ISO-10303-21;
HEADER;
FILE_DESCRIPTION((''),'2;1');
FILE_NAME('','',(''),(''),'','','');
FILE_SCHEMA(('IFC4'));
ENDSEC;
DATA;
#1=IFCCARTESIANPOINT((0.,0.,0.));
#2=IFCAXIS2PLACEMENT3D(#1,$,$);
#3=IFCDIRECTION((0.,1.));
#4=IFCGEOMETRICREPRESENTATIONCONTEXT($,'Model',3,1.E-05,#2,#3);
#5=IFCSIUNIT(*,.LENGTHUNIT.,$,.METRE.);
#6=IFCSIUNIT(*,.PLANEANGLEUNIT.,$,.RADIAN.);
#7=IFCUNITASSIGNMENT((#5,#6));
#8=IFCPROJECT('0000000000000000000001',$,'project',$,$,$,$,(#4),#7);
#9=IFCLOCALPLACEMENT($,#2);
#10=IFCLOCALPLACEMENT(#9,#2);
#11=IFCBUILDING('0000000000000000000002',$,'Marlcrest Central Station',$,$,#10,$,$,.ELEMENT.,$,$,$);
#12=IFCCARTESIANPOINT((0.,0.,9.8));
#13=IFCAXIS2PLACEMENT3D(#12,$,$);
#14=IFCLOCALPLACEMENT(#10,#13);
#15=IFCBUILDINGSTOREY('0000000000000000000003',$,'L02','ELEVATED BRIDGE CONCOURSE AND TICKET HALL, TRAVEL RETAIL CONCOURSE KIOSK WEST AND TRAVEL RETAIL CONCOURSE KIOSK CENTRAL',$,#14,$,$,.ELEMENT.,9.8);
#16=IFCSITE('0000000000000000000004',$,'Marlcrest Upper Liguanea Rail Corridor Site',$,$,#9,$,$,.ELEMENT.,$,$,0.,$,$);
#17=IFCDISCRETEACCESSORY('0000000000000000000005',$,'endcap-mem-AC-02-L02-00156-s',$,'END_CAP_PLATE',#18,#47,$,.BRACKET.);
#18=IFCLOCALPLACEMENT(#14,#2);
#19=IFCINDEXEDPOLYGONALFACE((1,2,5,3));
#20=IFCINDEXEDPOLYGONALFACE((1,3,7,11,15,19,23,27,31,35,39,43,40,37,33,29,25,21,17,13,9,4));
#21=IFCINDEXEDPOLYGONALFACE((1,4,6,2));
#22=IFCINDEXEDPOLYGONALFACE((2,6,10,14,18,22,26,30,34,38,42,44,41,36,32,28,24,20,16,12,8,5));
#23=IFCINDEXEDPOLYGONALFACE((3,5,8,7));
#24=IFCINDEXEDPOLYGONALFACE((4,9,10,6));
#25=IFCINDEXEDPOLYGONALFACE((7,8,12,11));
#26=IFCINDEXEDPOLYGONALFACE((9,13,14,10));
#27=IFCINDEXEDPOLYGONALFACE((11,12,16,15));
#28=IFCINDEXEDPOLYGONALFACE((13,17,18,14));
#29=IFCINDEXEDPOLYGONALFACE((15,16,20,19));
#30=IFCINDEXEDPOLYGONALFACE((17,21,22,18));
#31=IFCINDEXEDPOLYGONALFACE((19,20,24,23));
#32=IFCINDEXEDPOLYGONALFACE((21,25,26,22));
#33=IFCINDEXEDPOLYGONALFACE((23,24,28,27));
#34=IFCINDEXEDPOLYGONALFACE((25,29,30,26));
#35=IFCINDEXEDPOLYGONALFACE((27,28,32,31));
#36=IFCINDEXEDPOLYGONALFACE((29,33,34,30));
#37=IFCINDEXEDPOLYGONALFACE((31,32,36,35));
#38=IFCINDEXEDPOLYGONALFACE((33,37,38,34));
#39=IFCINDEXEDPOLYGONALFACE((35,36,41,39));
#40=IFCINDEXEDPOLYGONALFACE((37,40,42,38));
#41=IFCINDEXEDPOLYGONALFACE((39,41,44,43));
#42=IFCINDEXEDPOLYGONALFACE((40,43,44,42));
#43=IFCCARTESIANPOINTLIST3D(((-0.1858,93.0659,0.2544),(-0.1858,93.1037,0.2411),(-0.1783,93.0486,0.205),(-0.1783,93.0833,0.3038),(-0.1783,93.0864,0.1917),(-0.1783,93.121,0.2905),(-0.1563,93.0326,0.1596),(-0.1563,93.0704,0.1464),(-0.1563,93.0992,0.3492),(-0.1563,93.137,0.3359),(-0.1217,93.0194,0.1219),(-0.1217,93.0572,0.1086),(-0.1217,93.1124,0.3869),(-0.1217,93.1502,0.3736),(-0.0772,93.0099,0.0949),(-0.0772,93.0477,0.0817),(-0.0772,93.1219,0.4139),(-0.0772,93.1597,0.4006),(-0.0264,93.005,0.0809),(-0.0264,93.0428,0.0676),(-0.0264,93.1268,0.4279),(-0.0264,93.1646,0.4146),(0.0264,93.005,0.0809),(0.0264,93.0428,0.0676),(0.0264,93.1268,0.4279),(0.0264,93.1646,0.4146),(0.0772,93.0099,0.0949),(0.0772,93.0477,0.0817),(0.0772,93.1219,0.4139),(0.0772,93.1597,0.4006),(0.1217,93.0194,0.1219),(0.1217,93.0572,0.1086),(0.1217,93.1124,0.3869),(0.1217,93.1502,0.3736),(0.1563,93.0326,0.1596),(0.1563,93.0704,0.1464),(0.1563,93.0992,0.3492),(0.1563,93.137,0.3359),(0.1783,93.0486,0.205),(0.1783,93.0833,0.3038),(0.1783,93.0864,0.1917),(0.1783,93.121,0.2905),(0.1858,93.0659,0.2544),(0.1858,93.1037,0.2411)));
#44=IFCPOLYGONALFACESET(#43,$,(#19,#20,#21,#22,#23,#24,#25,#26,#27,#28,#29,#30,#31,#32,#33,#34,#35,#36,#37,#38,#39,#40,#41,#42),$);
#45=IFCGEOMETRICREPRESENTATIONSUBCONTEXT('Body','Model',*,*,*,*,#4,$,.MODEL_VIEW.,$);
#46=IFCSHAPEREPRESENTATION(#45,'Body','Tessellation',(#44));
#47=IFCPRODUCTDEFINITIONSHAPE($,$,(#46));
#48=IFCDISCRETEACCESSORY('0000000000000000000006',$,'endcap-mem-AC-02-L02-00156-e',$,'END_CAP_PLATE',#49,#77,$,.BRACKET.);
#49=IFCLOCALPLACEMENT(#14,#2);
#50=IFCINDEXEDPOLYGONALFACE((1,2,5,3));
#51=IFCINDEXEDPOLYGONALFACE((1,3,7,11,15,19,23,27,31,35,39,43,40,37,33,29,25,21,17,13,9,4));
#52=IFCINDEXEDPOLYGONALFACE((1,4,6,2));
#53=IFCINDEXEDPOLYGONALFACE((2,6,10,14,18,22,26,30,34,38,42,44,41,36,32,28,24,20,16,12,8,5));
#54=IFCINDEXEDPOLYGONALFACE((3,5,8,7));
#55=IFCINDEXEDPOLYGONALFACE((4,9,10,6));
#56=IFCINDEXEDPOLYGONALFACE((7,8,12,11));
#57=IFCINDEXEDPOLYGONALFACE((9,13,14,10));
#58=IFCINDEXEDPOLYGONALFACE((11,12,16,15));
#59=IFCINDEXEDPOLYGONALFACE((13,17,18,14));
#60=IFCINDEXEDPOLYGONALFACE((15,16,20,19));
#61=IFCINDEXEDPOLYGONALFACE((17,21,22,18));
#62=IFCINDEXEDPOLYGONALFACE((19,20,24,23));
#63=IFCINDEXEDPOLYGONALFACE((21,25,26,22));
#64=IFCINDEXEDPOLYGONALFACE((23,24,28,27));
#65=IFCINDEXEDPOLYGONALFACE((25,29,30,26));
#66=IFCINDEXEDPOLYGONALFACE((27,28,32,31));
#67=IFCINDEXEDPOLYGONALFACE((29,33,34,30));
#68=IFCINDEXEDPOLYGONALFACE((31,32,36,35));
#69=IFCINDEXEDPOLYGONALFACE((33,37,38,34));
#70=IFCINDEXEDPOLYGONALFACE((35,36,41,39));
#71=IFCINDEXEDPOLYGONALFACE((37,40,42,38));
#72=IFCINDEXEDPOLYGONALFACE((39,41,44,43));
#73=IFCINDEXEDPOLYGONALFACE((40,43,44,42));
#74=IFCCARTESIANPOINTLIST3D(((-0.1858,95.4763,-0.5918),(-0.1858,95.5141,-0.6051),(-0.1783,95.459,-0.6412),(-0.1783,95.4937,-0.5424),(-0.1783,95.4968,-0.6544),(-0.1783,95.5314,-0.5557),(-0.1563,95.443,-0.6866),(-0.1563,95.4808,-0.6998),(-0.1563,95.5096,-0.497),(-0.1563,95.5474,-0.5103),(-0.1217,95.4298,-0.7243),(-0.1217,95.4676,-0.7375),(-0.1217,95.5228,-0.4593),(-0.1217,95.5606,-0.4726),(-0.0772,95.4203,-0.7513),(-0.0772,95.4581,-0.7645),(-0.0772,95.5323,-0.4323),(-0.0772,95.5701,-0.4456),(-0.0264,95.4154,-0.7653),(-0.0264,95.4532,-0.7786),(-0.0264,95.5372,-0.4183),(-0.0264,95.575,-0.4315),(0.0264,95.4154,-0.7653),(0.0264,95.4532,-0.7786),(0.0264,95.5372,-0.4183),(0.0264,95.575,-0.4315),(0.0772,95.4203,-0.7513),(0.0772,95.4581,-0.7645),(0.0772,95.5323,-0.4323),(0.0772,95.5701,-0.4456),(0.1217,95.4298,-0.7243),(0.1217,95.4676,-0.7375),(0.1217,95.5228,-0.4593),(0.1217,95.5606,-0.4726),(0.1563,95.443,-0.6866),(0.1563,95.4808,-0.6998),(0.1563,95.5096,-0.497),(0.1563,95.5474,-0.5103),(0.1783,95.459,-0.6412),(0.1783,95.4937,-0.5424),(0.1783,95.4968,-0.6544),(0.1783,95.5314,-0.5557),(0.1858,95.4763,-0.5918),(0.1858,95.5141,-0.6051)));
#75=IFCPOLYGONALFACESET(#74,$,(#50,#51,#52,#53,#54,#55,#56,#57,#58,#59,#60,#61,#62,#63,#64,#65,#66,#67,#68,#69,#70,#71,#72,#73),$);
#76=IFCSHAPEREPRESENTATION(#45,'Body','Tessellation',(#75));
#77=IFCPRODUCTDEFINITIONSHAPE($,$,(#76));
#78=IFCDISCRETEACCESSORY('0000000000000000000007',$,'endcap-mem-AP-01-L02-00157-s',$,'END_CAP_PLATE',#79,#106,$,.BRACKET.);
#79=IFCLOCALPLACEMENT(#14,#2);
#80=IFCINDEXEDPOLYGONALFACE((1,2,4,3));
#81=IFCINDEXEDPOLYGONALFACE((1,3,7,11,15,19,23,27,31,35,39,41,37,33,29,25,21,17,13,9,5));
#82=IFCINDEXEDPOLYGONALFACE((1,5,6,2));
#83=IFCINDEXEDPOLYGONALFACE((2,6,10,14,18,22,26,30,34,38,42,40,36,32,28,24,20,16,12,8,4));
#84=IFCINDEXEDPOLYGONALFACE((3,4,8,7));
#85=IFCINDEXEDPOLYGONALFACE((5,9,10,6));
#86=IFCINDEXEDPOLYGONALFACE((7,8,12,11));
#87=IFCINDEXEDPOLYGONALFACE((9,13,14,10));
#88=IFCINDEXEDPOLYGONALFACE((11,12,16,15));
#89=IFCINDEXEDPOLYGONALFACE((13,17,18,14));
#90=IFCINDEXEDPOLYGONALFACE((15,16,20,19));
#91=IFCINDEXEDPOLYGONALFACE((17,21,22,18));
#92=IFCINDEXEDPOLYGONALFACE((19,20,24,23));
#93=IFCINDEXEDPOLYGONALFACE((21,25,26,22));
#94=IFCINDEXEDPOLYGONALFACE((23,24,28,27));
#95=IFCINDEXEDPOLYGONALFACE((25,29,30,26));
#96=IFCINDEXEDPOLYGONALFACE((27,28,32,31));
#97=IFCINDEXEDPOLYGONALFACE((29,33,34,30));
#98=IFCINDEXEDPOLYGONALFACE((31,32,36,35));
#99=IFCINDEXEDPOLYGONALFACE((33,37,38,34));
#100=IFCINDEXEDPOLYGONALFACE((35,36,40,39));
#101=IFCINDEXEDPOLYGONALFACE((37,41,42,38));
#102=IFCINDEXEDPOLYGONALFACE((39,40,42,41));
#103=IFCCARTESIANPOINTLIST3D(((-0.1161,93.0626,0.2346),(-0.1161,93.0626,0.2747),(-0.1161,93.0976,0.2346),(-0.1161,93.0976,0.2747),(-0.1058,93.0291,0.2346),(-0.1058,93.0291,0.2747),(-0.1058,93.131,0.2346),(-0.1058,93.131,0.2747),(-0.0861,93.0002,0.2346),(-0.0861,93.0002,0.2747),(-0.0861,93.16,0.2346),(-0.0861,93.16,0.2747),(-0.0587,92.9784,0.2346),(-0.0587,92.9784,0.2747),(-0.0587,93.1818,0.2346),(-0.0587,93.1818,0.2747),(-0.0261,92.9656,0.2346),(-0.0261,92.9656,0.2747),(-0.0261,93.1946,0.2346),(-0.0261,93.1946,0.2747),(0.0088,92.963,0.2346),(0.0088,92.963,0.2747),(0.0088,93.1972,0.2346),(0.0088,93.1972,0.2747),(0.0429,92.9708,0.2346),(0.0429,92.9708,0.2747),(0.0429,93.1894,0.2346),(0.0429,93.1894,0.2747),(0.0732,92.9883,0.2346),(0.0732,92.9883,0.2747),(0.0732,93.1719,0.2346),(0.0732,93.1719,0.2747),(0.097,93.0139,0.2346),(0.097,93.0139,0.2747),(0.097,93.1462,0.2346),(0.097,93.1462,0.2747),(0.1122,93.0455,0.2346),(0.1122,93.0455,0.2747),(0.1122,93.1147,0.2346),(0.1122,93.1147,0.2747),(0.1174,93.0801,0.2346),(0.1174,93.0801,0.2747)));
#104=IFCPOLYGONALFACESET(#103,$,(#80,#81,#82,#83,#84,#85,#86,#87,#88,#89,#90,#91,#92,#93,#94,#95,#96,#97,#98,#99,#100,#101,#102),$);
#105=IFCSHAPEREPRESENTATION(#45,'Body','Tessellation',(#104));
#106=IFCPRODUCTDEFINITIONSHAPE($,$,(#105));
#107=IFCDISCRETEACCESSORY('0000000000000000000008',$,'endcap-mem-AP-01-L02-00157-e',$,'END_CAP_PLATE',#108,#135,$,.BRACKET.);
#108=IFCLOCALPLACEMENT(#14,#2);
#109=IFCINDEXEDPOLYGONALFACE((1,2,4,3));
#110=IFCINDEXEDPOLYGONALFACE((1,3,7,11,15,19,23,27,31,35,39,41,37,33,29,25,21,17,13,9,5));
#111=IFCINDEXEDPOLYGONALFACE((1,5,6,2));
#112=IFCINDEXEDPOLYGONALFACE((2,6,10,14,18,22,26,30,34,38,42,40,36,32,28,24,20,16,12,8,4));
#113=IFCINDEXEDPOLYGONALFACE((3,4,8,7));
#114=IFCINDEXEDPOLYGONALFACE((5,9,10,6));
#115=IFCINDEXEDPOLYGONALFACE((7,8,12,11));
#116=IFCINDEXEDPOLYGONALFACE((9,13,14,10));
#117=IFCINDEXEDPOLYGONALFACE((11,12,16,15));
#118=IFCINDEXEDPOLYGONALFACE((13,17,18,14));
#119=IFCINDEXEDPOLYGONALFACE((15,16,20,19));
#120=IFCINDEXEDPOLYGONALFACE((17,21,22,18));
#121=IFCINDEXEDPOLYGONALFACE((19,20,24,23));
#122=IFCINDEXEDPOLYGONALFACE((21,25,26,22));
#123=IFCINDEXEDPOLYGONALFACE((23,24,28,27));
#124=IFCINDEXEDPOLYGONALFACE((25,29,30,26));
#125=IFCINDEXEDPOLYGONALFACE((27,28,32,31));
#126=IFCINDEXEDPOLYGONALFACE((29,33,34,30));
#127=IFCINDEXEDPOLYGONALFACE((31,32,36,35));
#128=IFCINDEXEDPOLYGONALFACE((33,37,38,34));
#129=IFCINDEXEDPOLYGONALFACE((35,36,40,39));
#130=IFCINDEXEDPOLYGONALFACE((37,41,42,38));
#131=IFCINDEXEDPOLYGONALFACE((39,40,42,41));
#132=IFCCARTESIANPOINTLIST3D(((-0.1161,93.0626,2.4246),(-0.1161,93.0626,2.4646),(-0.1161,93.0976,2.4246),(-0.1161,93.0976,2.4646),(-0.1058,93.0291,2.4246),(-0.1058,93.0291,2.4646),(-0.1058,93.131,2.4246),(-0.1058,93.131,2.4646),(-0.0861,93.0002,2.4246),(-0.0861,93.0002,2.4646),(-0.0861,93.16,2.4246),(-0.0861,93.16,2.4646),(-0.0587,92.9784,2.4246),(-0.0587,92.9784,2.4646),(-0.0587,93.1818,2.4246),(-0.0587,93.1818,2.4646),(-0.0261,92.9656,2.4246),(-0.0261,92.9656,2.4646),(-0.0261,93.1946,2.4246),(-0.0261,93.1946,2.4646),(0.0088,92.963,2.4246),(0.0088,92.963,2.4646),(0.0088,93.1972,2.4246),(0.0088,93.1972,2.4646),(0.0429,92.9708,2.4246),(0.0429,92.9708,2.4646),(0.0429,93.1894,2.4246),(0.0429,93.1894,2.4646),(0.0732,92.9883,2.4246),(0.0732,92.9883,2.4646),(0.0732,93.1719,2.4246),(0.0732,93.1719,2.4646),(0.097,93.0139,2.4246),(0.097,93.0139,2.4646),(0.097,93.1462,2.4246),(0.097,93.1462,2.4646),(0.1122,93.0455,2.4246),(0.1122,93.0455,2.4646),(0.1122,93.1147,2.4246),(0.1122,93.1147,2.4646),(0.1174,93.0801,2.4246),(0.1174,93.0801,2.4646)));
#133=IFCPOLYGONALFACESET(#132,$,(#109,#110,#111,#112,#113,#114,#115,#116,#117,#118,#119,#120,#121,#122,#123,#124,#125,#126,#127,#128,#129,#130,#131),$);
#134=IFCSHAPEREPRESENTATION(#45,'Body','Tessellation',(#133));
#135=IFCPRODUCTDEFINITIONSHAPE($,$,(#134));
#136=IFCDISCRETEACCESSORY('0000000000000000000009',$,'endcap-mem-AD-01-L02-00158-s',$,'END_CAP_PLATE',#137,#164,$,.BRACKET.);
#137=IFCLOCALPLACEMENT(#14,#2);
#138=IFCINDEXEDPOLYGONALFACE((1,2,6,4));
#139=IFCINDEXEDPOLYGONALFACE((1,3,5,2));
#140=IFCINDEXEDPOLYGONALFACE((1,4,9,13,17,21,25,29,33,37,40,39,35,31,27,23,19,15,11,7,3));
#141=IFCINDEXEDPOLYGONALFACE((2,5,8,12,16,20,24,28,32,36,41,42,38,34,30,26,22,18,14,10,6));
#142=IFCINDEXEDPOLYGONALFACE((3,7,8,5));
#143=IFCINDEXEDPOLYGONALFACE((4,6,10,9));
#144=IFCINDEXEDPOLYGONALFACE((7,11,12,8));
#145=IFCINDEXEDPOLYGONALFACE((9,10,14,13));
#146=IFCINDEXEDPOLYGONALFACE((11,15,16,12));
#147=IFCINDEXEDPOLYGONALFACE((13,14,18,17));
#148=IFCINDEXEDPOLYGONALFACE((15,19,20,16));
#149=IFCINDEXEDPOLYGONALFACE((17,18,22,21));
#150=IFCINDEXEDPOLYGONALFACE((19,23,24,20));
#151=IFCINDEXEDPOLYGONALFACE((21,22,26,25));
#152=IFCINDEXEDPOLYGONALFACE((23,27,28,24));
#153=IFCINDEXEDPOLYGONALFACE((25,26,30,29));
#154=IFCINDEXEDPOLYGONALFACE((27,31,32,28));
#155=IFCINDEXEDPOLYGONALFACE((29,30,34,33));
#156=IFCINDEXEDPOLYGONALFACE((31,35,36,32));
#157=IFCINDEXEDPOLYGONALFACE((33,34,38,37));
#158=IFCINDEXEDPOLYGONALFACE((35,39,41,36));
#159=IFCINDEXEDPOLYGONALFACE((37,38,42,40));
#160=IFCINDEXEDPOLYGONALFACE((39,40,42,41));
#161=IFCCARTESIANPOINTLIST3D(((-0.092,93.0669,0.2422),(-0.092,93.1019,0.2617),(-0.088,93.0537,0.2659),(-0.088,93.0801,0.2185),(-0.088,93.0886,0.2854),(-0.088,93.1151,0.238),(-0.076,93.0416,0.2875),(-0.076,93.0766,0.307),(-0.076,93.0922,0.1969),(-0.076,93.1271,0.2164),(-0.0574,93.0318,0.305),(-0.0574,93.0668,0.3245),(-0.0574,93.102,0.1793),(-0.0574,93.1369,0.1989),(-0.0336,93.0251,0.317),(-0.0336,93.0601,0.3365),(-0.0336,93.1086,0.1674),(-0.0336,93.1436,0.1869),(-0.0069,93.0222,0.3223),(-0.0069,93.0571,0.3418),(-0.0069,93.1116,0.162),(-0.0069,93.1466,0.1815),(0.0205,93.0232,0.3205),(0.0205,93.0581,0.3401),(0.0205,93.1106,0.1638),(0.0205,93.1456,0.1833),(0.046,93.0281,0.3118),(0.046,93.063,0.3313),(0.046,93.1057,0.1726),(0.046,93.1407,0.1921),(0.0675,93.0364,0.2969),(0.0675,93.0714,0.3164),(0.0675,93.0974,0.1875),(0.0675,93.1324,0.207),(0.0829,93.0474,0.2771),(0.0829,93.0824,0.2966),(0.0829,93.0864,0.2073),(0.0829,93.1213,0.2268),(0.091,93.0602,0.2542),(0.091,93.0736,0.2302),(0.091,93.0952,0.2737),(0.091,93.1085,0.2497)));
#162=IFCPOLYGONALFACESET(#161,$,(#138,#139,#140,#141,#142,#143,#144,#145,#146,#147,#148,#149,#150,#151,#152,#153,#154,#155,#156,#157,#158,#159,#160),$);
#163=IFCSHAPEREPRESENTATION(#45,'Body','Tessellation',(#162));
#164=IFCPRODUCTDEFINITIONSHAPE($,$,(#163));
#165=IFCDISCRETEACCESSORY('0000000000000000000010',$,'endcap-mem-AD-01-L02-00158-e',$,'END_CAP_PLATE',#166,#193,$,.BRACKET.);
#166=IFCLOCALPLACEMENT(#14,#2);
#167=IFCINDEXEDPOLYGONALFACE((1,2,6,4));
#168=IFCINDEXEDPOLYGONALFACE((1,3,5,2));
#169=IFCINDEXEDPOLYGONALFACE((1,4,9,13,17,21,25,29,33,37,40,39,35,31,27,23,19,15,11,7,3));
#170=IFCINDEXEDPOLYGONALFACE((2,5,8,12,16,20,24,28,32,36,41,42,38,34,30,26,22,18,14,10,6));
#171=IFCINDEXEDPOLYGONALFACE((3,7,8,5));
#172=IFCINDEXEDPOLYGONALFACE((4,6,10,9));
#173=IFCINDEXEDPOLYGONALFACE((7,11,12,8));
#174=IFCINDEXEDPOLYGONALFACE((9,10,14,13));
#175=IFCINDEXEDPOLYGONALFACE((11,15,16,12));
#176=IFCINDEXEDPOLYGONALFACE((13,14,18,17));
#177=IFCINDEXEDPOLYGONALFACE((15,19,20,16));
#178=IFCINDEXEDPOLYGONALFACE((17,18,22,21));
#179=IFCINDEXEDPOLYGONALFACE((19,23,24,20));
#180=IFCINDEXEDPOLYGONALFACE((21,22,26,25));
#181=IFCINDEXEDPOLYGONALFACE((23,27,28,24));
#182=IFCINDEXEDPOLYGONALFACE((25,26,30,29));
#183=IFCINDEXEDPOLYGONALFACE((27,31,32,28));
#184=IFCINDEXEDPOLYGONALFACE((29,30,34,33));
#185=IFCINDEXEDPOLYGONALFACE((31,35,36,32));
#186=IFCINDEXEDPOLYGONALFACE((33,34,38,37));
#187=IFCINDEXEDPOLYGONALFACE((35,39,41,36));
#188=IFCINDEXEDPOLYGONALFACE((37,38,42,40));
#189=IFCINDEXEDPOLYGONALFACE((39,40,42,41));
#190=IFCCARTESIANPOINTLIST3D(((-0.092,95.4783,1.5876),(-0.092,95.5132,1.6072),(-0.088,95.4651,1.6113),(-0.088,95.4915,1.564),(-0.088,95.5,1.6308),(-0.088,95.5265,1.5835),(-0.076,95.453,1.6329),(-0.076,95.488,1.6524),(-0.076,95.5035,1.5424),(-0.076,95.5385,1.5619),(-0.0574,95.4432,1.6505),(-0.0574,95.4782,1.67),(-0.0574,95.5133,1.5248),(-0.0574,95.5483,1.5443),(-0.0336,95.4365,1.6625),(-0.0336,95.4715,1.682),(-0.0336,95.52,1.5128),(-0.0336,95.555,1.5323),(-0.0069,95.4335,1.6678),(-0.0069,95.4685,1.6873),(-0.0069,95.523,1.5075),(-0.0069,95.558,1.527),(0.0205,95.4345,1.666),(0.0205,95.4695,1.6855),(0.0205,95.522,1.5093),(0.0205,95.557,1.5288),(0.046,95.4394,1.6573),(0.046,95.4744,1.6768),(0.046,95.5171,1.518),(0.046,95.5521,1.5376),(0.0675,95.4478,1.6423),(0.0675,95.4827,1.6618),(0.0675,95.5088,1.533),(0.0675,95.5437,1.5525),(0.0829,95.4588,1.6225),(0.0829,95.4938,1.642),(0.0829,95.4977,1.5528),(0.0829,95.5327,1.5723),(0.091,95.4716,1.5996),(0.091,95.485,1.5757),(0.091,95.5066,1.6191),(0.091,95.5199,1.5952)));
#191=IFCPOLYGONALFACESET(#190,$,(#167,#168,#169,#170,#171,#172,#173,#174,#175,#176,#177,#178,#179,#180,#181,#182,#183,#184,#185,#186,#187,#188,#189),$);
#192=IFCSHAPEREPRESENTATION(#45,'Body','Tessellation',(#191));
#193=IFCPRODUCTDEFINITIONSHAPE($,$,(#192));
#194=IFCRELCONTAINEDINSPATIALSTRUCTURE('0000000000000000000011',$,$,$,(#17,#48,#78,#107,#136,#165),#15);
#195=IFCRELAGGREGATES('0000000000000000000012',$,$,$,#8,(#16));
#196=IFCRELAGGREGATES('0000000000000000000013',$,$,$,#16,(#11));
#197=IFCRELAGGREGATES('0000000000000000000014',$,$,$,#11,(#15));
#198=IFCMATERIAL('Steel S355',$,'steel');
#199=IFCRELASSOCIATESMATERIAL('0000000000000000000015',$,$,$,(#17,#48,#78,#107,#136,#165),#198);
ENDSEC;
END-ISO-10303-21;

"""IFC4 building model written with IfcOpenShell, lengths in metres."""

from ifc_helpers import new_model, si_unit, direction, frame, origin, origin_2d, place, context, subcontext, project, spatial, circle, extrude, material, element, save


model = new_model("IFC4")

# Units and contexts
model_context = context("Model", 3, precision=1e-05, world=origin(), true_north=direction((0.0, 1.0)))
body_context = subcontext(model_context, "Body", "Model", "MODEL_VIEW")
ifc_project = project(units=[si_unit("LENGTHUNIT", "METRE"), si_unit("PLANEANGLEUNIT", "RADIAN")], contexts=[model_context])

# Site, building, storey
site_placement = place(None, origin())
site = spatial("IfcSite", under=ifc_project, at=site_placement, Name="Marlcrest Upper Liguanea Rail Corridor Site", CompositionType="ELEMENT", RefElevation=0.0)
building_placement = place(site_placement, origin())
building = spatial("IfcBuilding", under=site, at=building_placement, Name="Marlcrest Central Station", CompositionType="ELEMENT")
storey_placement = place(building_placement, frame((0.0, 0.0, 9.8)))
storey = spatial("IfcBuildingStorey", under=building, at=storey_placement, Name="L02", Description="ELEVATED BRIDGE CONCOURSE AND TICKET HALL, TRAVEL RETAIL CONCOURSE KIOSK WEST AND TRAVEL RETAIL CONCOURSE KIOSK CENTRAL", CompositionType="ELEMENT", Elevation=9.8)

# Shared definitions
ifc_material = material(Name="Steel S355", Category="steel")

# Discrete accessories
for number, where, z_axis, x_axis, name in (
    (1, (0.0, 93.0659, 0.2544), (0.0, 0.943537, -0.331266), (-1.0, 0.0, 0.0), "endcap-mem-AC-02-L02-00156-s"),
    (2, (0.0, 95.4763, -0.5918), (0.0, 0.943537, -0.331266), (-1.0, 0.0, 0.0), "endcap-mem-AC-02-L02-00156-e"),
):
    element("IfcDiscreteAccessory", number, at=place(storey_placement, frame(where, z_axis=z_axis, x_axis=x_axis)), inside=storey, material=ifc_material, Name=name, ObjectType="END_CAP_PLATE", PredefinedType="BRACKET", context=body_context, shape_type="SweptSolid", body=[
        extrude(circle(Radius=0.1858, at=origin_2d()), origin(), (0.0, 0.0, 1.0), 0.04),
    ])
for number, where, z_axis, x_axis, name in (
    (3, (0.0, 93.0801, 0.2346), (0.0, 0.0, 1.0), (1.0, 0.0, 0.0), "endcap-mem-AP-01-L02-00157-s"),
    (4, (0.0, 93.0801, 2.4246), (0.0, 0.0, 1.0), (1.0, 0.0, 0.0), "endcap-mem-AP-01-L02-00157-e"),
):
    element("IfcDiscreteAccessory", number, at=place(storey_placement, frame(where, z_axis=z_axis, x_axis=x_axis)), inside=storey, material=ifc_material, Name=name, ObjectType="END_CAP_PLATE", PredefinedType="BRACKET", context=body_context, shape_type="SweptSolid", body=[
        extrude(circle(Radius=0.1174, at=origin_2d()), origin(), (0.0, 0.0, 1.0), 0.04),
    ])
for number, where, z_axis, x_axis, name in (
    (5, (0.0, 93.0669, 0.2422), (0.0, 0.873246, 0.48728), (-1.0, 0.0, 0.0), "endcap-mem-AD-01-L02-00158-s"),
    (6, (0.0, 95.4783, 1.5876), (0.0, 0.873246, 0.48728), (-1.0, 0.0, 0.0), "endcap-mem-AD-01-L02-00158-e"),
):
    element("IfcDiscreteAccessory", number, at=place(storey_placement, frame(where, z_axis=z_axis, x_axis=x_axis)), inside=storey, material=ifc_material, Name=name, ObjectType="END_CAP_PLATE", PredefinedType="BRACKET", context=body_context, shape_type="SweptSolid", body=[
        extrude(circle(Radius=0.092, at=origin_2d()), origin(), (0.0, 0.0, 1.0), 0.04),
    ])

save(model, "model.ifc")
